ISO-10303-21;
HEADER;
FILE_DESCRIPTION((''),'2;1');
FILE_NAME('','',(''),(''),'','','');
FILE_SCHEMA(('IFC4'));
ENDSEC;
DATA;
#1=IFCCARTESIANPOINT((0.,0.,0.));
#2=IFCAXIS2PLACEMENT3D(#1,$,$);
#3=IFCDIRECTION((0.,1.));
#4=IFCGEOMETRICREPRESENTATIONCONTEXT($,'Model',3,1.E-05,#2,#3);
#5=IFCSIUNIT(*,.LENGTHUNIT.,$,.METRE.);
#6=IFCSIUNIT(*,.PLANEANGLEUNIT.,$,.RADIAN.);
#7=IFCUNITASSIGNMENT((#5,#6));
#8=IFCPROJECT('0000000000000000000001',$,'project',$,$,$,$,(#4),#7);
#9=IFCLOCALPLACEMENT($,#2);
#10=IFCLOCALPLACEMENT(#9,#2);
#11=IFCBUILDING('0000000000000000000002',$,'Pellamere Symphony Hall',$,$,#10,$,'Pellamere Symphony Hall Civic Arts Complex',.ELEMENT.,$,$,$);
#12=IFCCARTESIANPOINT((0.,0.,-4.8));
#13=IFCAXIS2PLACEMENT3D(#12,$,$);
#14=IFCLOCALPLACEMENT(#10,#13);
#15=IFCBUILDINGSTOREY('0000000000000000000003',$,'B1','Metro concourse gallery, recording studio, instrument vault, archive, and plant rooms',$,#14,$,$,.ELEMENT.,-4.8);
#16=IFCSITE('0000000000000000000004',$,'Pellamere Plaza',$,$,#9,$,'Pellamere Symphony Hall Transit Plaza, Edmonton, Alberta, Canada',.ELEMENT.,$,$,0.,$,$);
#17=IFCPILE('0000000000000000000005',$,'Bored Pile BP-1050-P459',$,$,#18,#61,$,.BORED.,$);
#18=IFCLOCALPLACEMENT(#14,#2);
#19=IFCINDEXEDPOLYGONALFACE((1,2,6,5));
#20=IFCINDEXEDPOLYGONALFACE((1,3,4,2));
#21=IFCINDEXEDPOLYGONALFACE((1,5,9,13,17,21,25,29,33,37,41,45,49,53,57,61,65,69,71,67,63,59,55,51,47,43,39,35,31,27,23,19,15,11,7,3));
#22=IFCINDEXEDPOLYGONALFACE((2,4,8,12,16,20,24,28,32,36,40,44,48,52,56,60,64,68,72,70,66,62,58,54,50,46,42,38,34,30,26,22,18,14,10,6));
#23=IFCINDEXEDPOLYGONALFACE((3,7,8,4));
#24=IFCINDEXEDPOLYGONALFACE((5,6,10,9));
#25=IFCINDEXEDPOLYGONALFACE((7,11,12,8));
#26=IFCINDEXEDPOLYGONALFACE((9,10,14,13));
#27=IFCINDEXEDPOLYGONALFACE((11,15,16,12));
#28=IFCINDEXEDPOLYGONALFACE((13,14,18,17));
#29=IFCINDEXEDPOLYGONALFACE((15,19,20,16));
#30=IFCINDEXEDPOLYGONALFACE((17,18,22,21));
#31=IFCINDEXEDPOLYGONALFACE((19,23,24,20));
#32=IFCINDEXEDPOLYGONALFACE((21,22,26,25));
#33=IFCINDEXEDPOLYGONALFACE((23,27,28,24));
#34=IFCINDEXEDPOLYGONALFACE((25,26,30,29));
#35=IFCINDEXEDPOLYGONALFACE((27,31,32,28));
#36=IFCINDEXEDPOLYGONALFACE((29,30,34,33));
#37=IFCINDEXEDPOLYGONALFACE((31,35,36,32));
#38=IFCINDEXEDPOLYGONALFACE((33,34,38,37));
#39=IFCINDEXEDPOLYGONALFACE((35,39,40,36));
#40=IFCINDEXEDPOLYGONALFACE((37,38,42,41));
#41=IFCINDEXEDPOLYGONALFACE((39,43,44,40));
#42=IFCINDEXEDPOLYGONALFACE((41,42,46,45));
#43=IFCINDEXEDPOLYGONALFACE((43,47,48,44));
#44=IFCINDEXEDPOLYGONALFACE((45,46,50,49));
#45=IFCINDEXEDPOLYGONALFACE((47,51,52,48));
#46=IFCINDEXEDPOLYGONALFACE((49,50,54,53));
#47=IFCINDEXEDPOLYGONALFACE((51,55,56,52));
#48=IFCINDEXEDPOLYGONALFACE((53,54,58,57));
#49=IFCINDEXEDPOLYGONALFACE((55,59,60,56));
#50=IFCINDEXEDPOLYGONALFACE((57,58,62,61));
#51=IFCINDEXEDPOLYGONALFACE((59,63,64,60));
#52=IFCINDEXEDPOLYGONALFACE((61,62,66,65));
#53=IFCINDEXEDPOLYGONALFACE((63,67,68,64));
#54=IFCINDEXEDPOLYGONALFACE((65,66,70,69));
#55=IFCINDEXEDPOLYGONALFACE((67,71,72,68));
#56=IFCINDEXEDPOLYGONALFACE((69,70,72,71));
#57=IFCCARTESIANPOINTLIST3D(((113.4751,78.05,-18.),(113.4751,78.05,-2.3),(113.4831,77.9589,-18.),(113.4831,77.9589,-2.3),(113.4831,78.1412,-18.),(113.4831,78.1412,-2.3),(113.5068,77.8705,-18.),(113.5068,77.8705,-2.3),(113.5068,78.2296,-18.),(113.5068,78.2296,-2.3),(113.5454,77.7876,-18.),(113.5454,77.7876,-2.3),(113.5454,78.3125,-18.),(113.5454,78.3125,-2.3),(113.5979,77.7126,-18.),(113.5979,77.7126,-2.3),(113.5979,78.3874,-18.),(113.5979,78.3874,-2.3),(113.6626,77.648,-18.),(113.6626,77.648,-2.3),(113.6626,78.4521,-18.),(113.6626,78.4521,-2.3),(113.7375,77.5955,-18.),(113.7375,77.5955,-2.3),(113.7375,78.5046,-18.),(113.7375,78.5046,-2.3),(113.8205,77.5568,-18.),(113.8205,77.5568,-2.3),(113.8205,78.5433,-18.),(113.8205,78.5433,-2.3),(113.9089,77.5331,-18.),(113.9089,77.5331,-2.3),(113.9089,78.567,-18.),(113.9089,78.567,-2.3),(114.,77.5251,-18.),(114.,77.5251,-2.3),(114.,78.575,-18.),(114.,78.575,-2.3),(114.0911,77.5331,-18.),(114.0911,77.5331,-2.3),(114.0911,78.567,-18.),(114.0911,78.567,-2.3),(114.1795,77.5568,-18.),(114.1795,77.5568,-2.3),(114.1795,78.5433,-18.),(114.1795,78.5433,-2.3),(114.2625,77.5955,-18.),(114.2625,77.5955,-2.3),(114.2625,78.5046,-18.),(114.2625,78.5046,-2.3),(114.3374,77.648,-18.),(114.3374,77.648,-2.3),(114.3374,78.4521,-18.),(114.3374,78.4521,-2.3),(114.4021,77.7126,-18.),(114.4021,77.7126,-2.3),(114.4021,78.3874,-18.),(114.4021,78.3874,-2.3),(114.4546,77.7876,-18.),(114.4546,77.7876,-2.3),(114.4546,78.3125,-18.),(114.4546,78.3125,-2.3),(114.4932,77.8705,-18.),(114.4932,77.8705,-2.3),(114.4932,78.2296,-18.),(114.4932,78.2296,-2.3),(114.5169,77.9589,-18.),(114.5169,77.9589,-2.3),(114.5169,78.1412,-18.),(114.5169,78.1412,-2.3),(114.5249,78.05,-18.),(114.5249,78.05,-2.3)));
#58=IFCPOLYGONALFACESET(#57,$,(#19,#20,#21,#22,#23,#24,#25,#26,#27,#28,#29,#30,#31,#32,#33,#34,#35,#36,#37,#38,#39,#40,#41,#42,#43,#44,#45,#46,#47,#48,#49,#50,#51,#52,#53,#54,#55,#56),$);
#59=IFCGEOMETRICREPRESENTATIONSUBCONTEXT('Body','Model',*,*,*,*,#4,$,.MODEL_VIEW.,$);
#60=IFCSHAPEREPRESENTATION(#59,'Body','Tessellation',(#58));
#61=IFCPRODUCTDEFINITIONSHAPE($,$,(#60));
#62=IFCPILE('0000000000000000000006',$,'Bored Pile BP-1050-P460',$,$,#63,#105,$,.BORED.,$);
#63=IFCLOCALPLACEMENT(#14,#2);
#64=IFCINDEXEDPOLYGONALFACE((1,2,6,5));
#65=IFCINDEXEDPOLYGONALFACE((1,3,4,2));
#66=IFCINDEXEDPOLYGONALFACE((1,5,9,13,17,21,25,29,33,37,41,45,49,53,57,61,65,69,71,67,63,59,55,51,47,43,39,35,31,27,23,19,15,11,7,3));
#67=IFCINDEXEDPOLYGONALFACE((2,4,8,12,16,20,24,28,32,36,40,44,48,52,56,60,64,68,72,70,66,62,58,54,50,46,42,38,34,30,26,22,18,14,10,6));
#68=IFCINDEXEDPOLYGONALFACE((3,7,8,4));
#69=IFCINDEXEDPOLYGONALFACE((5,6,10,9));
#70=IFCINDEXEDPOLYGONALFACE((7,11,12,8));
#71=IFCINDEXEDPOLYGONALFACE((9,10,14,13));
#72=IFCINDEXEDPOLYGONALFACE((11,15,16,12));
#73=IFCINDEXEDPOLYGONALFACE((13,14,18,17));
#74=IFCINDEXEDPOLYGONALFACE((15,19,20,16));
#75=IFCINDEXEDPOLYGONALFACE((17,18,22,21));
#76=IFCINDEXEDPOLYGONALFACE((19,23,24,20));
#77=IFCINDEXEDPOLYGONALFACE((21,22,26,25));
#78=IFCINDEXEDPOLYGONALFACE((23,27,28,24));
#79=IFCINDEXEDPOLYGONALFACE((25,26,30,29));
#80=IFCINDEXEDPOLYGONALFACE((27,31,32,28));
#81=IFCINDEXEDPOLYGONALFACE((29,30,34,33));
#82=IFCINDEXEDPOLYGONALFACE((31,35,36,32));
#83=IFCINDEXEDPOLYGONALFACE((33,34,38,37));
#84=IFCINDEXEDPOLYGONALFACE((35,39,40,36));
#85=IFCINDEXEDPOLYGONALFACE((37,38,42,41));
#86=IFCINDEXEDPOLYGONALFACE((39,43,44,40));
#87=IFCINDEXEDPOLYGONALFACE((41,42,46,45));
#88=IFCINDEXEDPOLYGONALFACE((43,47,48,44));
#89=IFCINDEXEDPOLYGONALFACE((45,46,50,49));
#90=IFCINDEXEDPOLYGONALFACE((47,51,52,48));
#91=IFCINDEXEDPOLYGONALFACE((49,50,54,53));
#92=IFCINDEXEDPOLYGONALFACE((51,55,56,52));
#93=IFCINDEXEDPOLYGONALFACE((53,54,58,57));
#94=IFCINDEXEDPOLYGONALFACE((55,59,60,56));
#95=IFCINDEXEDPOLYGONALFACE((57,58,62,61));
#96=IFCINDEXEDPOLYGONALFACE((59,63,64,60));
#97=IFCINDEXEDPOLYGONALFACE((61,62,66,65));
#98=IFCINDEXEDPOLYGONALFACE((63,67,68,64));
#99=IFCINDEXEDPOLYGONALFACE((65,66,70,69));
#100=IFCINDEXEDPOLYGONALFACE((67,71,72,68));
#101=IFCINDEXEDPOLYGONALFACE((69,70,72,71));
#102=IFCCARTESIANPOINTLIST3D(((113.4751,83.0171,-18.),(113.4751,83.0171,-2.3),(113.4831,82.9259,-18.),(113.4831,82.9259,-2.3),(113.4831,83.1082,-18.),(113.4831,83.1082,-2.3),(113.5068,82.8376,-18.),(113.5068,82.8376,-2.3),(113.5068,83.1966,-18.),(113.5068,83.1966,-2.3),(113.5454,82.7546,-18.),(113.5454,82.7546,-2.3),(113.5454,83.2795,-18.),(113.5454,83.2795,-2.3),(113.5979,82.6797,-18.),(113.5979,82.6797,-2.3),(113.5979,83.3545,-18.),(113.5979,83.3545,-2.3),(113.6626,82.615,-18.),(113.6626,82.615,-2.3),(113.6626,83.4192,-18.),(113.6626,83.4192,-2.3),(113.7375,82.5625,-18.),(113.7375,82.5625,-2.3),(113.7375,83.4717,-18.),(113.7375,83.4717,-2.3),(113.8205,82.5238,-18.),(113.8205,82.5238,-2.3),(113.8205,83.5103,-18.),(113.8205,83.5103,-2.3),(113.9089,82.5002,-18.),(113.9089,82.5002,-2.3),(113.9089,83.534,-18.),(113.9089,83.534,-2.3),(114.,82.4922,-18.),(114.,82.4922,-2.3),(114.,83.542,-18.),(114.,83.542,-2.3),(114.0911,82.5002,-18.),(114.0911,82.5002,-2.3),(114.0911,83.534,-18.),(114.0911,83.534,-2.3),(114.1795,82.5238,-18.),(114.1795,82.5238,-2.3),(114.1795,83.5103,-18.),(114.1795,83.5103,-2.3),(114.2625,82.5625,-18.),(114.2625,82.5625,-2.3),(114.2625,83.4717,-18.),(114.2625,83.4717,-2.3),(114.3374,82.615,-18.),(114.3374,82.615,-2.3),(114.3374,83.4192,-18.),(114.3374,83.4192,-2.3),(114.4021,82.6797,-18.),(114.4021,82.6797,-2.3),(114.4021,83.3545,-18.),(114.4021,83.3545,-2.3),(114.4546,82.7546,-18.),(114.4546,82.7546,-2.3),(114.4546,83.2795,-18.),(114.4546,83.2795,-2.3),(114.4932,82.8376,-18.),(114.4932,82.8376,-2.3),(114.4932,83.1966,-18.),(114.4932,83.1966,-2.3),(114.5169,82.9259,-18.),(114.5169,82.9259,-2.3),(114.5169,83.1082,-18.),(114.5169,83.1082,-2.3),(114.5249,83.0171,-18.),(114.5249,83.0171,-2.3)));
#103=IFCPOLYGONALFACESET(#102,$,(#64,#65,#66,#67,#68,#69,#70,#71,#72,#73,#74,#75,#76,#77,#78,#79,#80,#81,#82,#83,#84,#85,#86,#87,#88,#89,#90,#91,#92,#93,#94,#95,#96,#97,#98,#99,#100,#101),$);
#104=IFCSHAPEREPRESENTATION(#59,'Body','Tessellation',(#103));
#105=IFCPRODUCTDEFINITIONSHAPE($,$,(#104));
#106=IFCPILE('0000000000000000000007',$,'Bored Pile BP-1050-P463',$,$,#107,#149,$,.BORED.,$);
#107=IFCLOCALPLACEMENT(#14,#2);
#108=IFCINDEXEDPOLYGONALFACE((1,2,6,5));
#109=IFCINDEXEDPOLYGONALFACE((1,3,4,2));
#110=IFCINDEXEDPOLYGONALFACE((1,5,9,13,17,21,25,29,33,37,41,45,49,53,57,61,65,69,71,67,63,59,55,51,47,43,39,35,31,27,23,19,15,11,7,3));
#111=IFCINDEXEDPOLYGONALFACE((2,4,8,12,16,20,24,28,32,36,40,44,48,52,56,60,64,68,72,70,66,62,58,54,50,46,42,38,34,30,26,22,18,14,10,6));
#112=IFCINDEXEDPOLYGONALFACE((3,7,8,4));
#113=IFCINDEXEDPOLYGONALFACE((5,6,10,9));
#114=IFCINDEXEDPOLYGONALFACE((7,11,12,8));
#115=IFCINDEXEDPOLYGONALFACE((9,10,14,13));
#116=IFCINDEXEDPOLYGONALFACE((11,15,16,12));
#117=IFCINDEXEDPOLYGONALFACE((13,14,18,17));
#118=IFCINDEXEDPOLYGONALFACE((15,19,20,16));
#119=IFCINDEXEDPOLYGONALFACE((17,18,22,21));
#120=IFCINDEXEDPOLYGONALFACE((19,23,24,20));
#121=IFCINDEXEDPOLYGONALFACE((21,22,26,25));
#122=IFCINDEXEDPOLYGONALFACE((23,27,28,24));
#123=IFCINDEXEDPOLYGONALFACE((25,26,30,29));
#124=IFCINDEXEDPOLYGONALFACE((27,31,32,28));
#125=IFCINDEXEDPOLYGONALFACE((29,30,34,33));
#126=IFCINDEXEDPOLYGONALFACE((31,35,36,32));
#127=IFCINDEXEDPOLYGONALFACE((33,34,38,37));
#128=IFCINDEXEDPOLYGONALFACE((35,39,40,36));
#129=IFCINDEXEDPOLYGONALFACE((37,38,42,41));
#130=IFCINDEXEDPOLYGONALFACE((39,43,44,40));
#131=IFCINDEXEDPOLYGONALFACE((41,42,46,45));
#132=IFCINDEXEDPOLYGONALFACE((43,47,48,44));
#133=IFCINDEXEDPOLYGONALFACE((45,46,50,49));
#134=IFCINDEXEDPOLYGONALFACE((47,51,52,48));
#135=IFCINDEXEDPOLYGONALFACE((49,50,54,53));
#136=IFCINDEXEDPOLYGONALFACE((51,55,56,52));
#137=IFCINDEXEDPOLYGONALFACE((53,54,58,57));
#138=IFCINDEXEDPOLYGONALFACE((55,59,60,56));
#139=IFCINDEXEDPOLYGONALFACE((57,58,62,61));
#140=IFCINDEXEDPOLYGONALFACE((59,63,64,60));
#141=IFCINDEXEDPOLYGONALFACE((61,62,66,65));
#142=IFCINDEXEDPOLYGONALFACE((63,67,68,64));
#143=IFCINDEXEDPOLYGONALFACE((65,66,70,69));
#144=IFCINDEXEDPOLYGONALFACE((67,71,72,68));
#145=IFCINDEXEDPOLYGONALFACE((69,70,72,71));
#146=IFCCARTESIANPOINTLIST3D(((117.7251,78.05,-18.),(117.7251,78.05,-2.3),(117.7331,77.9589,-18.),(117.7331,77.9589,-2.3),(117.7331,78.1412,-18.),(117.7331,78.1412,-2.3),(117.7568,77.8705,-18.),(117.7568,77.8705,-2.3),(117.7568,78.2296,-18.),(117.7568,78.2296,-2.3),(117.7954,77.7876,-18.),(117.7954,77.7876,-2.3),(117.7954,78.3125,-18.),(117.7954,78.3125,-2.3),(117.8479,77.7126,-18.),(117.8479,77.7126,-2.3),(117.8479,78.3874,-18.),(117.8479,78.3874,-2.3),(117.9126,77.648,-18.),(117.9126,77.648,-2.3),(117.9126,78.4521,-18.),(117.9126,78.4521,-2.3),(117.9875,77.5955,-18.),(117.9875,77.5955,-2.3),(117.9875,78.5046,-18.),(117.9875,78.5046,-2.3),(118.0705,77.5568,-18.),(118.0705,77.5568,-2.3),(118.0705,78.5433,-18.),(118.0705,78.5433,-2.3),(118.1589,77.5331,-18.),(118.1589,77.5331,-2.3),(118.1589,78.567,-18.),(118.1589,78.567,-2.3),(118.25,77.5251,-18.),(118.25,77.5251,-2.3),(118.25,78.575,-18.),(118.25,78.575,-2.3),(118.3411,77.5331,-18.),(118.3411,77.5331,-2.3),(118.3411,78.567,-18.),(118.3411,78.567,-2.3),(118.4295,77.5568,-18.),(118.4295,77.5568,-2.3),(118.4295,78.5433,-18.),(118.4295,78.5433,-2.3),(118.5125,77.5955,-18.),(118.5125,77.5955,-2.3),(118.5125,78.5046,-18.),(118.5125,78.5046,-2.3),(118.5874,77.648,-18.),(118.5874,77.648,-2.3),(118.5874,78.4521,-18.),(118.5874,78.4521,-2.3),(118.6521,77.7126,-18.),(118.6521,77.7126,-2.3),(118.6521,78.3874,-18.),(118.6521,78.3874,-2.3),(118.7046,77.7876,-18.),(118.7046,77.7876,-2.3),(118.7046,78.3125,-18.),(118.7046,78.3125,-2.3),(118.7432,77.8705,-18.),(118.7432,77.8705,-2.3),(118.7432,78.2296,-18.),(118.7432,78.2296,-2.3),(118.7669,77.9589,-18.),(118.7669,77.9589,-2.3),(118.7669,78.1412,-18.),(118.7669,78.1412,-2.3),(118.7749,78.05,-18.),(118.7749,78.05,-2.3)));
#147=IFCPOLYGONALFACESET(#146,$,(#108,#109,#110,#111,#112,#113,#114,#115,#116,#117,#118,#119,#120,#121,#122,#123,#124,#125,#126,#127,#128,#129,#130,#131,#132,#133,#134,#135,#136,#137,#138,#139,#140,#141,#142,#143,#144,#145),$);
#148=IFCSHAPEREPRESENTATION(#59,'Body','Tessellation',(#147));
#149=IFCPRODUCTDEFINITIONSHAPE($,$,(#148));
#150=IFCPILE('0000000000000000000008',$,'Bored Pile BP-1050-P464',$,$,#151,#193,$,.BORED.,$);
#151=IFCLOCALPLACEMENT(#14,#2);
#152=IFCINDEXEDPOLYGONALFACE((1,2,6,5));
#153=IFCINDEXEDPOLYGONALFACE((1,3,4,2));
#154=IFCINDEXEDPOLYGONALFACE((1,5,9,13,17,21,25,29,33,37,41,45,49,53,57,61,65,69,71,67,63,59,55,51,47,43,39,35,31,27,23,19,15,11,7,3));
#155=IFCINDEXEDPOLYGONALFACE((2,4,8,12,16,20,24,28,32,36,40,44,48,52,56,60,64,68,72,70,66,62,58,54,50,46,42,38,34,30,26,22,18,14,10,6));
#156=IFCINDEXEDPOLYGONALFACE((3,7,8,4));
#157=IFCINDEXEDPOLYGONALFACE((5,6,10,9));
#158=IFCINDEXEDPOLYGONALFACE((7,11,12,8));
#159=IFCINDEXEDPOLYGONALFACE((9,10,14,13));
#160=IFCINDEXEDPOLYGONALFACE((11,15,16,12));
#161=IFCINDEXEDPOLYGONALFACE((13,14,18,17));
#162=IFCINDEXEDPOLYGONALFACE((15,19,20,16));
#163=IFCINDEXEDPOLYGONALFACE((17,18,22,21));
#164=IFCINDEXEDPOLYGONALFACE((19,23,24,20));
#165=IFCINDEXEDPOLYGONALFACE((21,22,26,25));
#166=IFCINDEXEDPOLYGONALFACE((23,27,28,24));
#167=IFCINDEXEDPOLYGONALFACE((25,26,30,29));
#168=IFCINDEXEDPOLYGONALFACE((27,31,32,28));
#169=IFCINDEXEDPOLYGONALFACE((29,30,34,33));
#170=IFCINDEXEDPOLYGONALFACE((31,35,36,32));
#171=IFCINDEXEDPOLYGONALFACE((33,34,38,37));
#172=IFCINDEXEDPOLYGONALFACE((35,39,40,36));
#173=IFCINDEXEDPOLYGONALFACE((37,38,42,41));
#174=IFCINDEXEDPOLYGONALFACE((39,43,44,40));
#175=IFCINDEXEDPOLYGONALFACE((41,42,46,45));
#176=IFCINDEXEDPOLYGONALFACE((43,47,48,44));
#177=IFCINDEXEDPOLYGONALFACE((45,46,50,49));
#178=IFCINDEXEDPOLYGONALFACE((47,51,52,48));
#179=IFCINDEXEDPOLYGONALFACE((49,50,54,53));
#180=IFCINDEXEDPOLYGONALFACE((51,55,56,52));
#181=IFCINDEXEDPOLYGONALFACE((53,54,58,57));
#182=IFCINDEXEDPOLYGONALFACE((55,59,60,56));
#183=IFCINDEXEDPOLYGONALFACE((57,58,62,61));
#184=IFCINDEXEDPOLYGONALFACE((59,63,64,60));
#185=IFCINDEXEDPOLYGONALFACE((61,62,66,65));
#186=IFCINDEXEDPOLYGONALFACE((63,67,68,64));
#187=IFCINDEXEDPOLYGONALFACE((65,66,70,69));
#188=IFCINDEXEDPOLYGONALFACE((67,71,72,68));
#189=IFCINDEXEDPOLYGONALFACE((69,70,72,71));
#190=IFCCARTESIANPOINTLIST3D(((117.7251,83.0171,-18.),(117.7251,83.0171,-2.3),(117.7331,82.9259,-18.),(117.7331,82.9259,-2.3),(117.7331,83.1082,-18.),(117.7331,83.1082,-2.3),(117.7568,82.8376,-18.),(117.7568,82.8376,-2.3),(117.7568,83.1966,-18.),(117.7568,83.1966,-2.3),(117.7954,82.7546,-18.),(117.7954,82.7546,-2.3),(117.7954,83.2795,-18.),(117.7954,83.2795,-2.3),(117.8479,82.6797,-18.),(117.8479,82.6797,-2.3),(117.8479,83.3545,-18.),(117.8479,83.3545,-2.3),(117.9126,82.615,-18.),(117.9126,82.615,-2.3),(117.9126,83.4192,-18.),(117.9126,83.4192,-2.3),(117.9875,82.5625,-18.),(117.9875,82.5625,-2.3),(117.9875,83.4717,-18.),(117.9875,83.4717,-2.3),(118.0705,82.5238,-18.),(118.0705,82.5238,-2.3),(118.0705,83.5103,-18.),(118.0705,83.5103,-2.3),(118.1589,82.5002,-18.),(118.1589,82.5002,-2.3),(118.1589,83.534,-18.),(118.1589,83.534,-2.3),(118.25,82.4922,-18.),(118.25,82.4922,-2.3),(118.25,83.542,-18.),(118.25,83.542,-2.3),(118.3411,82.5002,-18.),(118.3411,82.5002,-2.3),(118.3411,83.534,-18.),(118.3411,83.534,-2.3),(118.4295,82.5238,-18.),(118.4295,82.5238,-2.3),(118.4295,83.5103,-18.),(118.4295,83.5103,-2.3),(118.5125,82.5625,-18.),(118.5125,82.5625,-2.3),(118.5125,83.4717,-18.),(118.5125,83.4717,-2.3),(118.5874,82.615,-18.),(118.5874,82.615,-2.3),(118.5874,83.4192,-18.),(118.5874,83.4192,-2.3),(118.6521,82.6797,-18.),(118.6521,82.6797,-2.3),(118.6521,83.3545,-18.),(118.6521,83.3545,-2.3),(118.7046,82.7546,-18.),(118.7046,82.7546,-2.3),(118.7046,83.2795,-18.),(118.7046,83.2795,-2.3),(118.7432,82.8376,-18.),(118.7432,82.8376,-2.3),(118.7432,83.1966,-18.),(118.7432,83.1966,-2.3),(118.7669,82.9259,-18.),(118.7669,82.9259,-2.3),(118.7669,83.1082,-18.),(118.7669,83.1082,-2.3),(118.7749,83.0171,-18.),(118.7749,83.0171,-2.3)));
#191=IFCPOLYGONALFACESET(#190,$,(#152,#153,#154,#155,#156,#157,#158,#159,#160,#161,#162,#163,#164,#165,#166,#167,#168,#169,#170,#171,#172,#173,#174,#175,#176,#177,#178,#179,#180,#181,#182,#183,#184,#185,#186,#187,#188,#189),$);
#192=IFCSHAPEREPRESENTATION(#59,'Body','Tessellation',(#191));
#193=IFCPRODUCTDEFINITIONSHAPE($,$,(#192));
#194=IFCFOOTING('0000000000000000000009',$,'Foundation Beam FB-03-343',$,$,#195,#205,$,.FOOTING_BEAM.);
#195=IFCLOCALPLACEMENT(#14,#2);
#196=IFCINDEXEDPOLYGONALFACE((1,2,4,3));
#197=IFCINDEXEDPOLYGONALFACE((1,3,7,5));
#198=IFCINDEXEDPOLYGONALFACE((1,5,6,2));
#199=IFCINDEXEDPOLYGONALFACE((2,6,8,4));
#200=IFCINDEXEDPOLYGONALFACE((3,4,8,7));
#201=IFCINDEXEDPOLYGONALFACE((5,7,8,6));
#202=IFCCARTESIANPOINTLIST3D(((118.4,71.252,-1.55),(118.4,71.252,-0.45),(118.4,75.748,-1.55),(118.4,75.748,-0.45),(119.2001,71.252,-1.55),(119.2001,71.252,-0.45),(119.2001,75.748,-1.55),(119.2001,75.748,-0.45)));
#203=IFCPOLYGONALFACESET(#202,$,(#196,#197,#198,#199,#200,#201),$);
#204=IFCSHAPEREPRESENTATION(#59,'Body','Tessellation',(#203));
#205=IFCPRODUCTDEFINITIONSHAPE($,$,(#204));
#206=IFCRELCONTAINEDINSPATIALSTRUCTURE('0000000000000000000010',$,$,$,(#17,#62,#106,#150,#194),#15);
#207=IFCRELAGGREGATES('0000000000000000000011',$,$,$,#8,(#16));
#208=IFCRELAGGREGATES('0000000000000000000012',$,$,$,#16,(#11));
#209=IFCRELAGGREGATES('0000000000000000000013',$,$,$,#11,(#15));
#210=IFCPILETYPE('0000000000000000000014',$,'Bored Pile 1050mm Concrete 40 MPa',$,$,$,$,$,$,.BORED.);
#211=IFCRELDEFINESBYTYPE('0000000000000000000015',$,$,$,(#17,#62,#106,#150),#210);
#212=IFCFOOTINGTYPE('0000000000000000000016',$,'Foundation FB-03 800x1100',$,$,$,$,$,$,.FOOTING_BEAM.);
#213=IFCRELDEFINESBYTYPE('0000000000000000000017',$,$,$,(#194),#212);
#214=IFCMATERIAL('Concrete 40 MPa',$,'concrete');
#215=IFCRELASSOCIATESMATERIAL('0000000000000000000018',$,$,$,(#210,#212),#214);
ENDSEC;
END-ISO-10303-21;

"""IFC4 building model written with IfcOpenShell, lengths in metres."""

from ifc_helpers import new_model, si_unit, direction, frame, origin, origin_2d, place, context, subcontext, project, spatial, rectangle, circle, extrude, material, material_profile, profile_set, type_object, element, save


model = new_model("IFC4")

# Units and contexts
model_context = context("Model", 3, precision=1e-05, world=origin(), true_north=direction((0.0, 1.0)))
body_context = subcontext(model_context, "Body", "Model", "MODEL_VIEW")
ifc_project = project(units=[si_unit("LENGTHUNIT", "METRE"), si_unit("PLANEANGLEUNIT", "RADIAN")], contexts=[model_context])

# Site, building, storey
site_placement = place(None, origin())
site = spatial("IfcSite", under=ifc_project, at=site_placement, Name="Pellamere Plaza", LongName="Pellamere Symphony Hall Transit Plaza, Edmonton, Alberta, Canada", CompositionType="ELEMENT", RefElevation=0.0)
building_placement = place(site_placement, origin())
building = spatial("IfcBuilding", under=site, at=building_placement, Name="Pellamere Symphony Hall", LongName="Pellamere Symphony Hall Civic Arts Complex", CompositionType="ELEMENT")
storey_placement = place(building_placement, frame((0.0, 0.0, -4.8)))
storey = spatial("IfcBuildingStorey", under=building, at=storey_placement, Name="B1", Description="Metro concourse gallery, recording studio, instrument vault, archive, and plant rooms", CompositionType="ELEMENT", Elevation=-4.8)

# Piles
ifc_material_1 = material(Name="Concrete 40 MPa", Category="concrete")
ifc_material_profile_1 = material_profile(ifc_material_1, circle(Radius=0.5249, at=origin_2d()), Name="PILE D1050")
ifc_profile_set_1 = profile_set([ifc_material_profile_1], Name="Concrete 40 MPa")
pile_type = type_object("IfcPileType", Name="Bored Pile 1050mm Concrete 40 MPa", PredefinedType="BORED", material=ifc_profile_set_1)
for number, where, z_axis, x_axis, name in (
    (1, (114.0, 78.05, -2.3), (0.0, 0.0, -1.0), (1.0, 0.0, 0.0), "Bored Pile BP-1050-P459"),
    (2, (114.0, 83.0171, -2.3), (0.0, 0.0, -1.0), (1.0, 0.0, 0.0), "Bored Pile BP-1050-P460"),
    (3, (118.25, 78.05, -2.3), (0.0, 0.0, -1.0), (1.0, 0.0, 0.0), "Bored Pile BP-1050-P463"),
    (4, (118.25, 83.0171, -2.3), (0.0, 0.0, -1.0), (1.0, 0.0, 0.0), "Bored Pile BP-1050-P464"),
):
    element("IfcPile", number, at=place(storey_placement, frame(where, z_axis=z_axis, x_axis=x_axis)), inside=storey, type_object=pile_type, Name=name, PredefinedType="BORED", context=body_context, shape_type="SweptSolid", body=[
        extrude(circle(Radius=0.5249, at=origin_2d()), origin(), (0.0, 0.0, 1.0), 15.7),
    ])

# Footing
ifc_material_profile_2 = material_profile(ifc_material_1, rectangle(XDim=0.8, YDim=1.1001, at=origin_2d()), Name="RC 800x1100")
ifc_profile_set_2 = profile_set([ifc_material_profile_2], Name="Concrete 40 MPa")
footing_type_1 = type_object("IfcFootingType", Name="Foundation FB-03 800x1100", PredefinedType="FOOTING_BEAM", material=ifc_profile_set_2)
footing_1_placement = place(storey_placement, frame((118.8, 71.252, -1.0), z_axis=(0.0, 1.0, 0.0), x_axis=(-1.0, 0.0, 0.0)))
element("IfcFooting", 5, at=footing_1_placement, inside=storey, type_object=footing_type_1, Name="Foundation Beam FB-03-343", PredefinedType="FOOTING_BEAM", context=body_context, shape_type="SweptSolid", body=[
    extrude(rectangle(XDim=0.8, YDim=1.1001, at=origin_2d()), origin(), (0.0, 0.0, 1.0), 4.4961),
])

save(model, "model.ifc")
